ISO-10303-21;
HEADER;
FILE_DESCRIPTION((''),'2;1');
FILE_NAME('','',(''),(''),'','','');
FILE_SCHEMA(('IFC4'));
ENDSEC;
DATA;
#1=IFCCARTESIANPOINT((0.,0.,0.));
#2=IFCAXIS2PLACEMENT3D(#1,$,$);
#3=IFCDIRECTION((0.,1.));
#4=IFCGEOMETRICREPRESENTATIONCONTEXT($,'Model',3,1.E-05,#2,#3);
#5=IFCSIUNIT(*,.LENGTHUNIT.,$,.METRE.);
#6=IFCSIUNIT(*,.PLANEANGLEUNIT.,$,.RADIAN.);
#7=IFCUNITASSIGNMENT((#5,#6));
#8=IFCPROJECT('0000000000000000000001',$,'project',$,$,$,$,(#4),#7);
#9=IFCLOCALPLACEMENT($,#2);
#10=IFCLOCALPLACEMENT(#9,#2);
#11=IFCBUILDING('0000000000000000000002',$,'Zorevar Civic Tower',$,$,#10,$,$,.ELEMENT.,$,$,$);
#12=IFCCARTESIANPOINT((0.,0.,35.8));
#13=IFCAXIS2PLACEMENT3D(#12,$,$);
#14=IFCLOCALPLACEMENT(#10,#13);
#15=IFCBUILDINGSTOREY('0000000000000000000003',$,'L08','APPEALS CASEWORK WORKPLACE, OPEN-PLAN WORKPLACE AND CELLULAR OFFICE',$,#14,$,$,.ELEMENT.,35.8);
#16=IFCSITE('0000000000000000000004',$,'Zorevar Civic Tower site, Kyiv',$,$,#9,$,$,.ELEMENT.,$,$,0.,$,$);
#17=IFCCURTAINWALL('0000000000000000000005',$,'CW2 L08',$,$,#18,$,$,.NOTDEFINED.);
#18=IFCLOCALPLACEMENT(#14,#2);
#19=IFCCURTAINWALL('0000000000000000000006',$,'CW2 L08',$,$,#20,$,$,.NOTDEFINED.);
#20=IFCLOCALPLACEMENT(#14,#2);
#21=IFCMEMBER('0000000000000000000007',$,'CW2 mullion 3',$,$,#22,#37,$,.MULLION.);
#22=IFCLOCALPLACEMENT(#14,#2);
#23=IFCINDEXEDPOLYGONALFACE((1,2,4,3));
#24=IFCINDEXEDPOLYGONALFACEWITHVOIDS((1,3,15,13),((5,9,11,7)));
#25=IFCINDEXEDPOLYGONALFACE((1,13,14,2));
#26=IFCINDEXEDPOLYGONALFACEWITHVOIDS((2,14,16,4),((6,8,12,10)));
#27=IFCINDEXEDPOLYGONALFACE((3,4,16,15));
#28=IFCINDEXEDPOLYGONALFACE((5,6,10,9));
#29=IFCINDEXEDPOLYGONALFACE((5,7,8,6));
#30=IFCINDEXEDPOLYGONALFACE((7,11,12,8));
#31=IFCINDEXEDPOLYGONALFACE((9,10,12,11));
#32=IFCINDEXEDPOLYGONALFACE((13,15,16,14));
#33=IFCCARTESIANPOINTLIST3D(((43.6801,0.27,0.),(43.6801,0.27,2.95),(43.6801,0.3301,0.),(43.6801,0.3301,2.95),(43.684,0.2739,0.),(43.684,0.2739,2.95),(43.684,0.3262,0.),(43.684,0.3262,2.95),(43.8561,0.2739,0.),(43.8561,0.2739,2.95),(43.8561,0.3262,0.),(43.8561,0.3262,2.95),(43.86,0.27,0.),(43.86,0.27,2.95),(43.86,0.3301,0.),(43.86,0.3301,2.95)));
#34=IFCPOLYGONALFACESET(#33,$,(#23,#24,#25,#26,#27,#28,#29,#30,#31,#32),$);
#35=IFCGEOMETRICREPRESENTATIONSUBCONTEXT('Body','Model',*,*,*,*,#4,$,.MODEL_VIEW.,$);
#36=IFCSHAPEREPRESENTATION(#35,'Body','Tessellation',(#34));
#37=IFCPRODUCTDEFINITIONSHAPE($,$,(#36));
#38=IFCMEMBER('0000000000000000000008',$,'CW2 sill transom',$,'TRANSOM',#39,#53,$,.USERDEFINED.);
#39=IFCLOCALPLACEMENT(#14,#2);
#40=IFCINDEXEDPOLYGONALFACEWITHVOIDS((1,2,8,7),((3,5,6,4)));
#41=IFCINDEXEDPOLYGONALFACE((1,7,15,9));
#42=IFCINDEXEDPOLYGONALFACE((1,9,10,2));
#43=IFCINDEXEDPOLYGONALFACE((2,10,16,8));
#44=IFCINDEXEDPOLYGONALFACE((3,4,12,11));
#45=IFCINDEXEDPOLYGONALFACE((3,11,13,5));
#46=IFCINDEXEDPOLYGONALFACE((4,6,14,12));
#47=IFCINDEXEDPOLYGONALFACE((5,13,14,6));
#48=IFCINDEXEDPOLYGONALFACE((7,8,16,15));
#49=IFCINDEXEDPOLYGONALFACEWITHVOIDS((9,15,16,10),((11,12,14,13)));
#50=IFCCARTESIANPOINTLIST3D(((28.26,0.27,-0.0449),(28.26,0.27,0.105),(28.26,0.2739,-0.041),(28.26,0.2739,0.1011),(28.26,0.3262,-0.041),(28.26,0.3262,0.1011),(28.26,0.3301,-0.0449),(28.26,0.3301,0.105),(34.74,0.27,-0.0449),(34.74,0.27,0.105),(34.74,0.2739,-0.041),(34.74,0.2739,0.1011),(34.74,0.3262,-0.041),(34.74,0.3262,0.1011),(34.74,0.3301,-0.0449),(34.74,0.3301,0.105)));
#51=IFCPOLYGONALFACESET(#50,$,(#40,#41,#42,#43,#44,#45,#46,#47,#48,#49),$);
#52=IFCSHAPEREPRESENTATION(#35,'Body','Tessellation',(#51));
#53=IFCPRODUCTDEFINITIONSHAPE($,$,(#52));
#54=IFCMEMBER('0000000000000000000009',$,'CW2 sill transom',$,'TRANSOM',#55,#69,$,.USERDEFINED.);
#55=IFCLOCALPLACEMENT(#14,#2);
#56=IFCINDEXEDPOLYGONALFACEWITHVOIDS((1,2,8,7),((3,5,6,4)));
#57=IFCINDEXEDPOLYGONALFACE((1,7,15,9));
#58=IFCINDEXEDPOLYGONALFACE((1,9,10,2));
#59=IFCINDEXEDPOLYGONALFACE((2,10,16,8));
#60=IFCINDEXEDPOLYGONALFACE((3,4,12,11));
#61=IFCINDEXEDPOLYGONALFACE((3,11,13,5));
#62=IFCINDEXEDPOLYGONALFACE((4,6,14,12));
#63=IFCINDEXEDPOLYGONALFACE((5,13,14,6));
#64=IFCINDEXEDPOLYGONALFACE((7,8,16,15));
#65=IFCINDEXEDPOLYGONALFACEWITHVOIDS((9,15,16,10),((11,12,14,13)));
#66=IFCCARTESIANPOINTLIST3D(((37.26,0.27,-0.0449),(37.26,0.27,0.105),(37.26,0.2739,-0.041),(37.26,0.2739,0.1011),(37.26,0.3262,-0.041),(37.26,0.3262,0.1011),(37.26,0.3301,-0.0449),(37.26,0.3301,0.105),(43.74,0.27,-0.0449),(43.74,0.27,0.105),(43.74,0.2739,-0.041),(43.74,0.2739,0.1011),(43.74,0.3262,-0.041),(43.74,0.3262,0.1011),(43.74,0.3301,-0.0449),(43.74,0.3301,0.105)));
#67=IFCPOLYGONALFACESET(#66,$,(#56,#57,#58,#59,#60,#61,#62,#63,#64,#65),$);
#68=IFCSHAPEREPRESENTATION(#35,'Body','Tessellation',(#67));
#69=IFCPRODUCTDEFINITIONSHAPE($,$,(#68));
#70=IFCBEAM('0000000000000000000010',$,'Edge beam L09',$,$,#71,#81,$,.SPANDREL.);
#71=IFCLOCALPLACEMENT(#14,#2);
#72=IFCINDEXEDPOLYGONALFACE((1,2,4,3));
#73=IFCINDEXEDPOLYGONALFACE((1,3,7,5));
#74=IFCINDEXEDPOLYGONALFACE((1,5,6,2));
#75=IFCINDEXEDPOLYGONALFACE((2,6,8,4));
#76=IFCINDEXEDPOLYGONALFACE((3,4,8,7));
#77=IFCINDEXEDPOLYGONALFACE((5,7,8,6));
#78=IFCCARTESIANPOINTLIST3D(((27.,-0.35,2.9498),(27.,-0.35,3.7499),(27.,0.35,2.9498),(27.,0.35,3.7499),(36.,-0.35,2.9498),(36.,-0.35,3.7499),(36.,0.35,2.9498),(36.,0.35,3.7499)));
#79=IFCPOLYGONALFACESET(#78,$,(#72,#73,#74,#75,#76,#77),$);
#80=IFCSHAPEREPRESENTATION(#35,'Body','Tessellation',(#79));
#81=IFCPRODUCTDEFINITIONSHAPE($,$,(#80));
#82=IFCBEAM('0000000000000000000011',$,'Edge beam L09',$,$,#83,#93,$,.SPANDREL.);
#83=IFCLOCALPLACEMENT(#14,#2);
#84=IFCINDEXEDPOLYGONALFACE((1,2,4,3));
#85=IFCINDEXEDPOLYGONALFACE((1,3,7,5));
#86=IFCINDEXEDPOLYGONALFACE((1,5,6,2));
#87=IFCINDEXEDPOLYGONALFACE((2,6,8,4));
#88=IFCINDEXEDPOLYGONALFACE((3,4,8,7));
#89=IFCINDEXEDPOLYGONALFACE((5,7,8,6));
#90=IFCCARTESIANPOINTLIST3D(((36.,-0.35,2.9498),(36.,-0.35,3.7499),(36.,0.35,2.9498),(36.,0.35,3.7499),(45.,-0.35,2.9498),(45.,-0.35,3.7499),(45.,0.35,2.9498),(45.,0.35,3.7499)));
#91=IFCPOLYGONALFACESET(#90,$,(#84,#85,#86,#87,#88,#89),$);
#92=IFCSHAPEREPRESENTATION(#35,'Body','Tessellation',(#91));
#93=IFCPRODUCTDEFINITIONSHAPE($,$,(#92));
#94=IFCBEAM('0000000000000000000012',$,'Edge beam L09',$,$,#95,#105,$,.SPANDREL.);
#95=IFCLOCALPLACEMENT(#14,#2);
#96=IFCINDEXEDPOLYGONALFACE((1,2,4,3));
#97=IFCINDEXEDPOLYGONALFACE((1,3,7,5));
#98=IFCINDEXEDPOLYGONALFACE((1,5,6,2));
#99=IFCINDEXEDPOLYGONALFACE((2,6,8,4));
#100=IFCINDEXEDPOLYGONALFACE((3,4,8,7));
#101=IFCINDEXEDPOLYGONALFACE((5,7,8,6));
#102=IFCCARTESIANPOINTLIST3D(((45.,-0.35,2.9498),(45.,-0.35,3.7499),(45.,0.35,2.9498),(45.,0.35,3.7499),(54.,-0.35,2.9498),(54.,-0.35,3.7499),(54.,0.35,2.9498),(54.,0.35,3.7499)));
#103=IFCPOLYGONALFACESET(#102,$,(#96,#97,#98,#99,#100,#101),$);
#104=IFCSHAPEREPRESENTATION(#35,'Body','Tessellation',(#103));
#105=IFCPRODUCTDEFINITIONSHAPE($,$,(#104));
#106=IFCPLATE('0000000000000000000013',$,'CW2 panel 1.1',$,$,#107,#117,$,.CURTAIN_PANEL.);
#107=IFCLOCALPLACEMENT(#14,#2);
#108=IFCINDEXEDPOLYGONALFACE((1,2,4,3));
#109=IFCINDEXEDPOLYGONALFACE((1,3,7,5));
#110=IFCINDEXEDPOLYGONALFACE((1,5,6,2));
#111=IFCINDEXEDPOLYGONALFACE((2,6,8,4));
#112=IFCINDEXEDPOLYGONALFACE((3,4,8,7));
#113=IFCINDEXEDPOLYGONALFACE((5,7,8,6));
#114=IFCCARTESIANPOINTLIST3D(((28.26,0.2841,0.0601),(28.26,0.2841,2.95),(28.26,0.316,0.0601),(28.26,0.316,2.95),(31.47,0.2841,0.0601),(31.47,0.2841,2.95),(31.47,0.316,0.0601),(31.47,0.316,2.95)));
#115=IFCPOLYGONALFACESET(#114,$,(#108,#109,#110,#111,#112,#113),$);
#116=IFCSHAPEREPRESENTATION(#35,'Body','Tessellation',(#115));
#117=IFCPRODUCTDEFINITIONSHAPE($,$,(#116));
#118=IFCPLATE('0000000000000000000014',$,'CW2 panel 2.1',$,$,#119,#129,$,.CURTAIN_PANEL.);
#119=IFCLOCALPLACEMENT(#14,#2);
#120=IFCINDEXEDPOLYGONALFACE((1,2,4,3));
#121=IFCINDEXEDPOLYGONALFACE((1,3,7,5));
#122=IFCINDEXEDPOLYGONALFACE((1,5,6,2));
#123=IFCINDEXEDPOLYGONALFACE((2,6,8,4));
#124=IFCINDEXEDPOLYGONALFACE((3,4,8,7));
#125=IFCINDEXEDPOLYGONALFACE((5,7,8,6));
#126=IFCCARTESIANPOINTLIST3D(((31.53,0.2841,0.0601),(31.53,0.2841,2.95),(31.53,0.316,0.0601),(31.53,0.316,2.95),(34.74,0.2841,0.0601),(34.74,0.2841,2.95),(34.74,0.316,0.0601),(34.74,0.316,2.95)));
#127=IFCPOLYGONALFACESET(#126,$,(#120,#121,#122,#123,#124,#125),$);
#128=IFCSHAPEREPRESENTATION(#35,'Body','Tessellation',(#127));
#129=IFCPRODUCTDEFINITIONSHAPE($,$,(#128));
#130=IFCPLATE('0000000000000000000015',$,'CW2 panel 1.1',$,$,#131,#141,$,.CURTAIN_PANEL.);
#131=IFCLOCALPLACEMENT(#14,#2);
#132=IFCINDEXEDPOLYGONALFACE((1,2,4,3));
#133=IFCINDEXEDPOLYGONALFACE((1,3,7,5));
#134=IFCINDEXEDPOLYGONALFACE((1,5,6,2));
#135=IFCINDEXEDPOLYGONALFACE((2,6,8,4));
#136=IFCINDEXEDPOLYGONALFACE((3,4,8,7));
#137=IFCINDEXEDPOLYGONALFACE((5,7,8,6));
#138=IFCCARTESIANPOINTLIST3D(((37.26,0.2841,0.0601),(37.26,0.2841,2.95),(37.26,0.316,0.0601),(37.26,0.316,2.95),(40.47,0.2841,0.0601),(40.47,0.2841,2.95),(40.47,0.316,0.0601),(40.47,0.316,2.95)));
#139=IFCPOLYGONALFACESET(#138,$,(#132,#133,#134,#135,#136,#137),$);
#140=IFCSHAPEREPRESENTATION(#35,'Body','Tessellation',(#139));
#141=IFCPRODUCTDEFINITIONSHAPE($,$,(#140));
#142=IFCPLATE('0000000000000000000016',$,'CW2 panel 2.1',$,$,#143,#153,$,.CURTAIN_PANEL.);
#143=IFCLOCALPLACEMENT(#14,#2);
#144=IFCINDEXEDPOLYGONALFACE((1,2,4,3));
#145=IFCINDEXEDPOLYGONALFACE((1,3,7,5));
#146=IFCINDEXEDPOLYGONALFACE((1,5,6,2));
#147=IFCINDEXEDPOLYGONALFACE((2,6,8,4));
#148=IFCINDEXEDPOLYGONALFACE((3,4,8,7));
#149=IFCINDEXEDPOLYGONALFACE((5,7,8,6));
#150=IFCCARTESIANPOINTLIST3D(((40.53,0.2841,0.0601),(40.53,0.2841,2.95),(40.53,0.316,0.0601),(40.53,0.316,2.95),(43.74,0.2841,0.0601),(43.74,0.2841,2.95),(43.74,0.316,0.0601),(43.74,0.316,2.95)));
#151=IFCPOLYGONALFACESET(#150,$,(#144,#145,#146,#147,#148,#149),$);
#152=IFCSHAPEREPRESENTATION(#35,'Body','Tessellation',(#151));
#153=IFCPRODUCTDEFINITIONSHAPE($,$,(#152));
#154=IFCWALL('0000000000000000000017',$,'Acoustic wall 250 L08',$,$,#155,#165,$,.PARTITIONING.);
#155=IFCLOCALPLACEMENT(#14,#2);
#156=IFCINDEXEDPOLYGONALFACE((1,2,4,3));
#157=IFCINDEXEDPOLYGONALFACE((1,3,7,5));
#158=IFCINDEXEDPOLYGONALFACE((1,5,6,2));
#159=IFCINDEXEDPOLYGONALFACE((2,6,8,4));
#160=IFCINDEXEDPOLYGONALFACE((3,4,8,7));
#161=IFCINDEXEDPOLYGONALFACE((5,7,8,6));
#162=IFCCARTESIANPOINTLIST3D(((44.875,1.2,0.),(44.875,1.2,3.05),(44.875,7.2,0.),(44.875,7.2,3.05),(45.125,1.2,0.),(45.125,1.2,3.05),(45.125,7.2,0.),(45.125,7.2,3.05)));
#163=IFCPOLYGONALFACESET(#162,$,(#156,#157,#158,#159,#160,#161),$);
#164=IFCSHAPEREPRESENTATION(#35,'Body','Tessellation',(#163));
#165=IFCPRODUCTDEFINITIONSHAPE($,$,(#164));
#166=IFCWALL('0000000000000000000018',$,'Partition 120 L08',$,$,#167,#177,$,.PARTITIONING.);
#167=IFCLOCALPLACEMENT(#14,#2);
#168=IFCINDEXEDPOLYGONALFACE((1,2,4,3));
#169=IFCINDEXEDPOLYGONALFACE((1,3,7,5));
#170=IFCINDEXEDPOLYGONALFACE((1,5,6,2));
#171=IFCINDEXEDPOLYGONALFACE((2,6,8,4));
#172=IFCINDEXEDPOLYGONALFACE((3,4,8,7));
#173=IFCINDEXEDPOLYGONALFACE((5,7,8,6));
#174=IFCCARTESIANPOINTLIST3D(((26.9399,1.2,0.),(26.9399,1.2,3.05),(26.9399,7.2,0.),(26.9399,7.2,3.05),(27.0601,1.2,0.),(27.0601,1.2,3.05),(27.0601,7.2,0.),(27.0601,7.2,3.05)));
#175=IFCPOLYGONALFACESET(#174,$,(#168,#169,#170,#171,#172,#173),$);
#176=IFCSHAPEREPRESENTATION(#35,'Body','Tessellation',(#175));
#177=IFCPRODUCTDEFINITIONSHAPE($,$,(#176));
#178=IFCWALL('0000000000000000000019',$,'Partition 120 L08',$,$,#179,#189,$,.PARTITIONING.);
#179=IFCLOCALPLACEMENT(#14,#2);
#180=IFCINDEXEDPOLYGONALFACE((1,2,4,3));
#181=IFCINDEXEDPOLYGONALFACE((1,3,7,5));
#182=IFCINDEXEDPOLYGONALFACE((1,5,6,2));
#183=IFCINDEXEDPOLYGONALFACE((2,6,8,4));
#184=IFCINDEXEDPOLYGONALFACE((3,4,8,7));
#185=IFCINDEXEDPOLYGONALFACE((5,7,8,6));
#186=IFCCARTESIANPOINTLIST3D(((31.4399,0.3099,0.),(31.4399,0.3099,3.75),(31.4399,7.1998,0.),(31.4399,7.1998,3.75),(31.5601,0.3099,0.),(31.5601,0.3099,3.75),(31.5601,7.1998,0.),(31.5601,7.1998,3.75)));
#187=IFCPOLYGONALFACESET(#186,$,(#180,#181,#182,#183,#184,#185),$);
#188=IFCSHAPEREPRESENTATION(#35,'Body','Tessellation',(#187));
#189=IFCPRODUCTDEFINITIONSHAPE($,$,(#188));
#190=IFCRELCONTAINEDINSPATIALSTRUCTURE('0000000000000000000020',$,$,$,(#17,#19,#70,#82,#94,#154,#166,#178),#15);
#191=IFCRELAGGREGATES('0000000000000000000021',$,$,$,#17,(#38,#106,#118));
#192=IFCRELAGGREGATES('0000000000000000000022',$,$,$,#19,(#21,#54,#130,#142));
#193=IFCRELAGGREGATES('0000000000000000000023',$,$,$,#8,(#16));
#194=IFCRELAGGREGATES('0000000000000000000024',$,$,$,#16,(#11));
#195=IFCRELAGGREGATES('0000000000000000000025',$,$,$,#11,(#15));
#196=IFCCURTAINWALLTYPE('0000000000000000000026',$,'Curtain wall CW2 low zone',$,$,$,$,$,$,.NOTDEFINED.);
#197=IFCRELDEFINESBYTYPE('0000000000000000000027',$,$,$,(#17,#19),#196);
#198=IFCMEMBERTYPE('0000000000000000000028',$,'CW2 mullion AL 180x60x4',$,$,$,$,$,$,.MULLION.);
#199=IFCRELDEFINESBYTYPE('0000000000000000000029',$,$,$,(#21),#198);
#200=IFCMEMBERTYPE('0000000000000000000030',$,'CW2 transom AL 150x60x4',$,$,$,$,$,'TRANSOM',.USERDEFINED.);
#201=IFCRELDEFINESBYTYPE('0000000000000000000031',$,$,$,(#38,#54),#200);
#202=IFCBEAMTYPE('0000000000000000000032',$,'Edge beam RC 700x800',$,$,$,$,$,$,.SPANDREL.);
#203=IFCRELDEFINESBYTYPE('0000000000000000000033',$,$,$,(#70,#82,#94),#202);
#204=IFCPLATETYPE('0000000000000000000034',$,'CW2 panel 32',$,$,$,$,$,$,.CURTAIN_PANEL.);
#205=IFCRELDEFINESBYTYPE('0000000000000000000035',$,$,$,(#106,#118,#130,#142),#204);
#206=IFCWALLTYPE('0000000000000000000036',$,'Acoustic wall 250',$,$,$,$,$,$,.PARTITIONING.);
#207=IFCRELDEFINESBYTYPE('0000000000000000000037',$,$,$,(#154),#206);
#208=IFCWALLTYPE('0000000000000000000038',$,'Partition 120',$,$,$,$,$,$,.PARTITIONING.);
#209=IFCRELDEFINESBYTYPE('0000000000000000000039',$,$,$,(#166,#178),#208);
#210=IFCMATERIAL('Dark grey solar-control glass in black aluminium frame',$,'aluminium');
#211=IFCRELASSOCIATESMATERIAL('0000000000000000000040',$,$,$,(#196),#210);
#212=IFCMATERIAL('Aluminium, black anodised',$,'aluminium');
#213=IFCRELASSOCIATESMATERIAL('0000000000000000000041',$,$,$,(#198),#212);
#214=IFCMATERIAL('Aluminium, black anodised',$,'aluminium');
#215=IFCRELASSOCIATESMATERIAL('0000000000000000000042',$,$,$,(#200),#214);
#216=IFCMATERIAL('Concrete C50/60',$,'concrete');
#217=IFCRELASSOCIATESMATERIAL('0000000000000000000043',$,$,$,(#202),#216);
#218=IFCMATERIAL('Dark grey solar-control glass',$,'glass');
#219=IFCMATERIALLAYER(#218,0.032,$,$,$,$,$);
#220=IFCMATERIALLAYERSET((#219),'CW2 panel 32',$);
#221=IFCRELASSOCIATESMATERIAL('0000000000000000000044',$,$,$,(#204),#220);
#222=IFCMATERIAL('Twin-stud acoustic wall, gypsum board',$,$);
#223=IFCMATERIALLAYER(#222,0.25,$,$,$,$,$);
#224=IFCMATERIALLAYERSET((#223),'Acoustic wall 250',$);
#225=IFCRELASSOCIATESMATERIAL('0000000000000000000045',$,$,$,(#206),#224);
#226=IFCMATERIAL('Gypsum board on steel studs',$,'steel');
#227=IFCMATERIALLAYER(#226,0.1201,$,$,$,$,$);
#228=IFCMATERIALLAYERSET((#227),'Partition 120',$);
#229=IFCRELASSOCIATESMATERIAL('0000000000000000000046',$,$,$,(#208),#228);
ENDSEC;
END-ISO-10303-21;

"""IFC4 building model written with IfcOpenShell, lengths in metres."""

from ifc_helpers import new_model, si_unit, direction, frame, frame_2d, origin, origin_2d, place, context, subcontext, project, spatial, rectangle, hollow_rectangle, extrude, material, layer, layer_set, material_profile, profile_set, type_object, element, aggregate, save


model = new_model("IFC4")

# Units and contexts
model_context = context("Model", 3, precision=1e-05, world=origin(), true_north=direction((0.0, 1.0)))
body_context = subcontext(model_context, "Body", "Model", "MODEL_VIEW")
ifc_project = project(units=[si_unit("LENGTHUNIT", "METRE"), si_unit("PLANEANGLEUNIT", "RADIAN")], contexts=[model_context])

# Site, building, storey
site_placement = place(None, origin())
site = spatial("IfcSite", under=ifc_project, at=site_placement, Name="Zorevar Civic Tower site, Kyiv", CompositionType="ELEMENT", RefElevation=0.0)
building_placement = place(site_placement, origin())
building = spatial("IfcBuilding", under=site, at=building_placement, Name="Zorevar Civic Tower", CompositionType="ELEMENT")
storey_placement = place(building_placement, frame((0.0, 0.0, 35.8)))
storey = spatial("IfcBuildingStorey", under=building, at=storey_placement, Name="L08", Description="APPEALS CASEWORK WORKPLACE, OPEN-PLAN WORKPLACE AND CELLULAR OFFICE", CompositionType="ELEMENT", Elevation=35.8)

# Curtain walls, member
ifc_material_1 = material(Name="Dark grey solar-control glass in black aluminium frame", Category="aluminium")
curtain_wall_type = type_object("IfcCurtainWallType", Name="Curtain wall CW2 low zone", PredefinedType="NOTDEFINED", material=ifc_material_1)
curtain_wall_1_placement = place(storey_placement, origin())
curtain_wall_1 = element("IfcCurtainWall", 1, at=curtain_wall_1_placement, inside=storey, type_object=curtain_wall_type, Name="CW2 L08", PredefinedType="NOTDEFINED")
ifc_material_2 = material(Name="Aluminium, black anodised", Category="aluminium")
ifc_material_profile_1 = material_profile(ifc_material_2, hollow_rectangle(XDim=0.0601, YDim=0.1799, WallThickness=0.0039, at=origin_2d()), Name="AL 180x60x4")
ifc_profile_set_1 = profile_set([ifc_material_profile_1], Name="Aluminium, black anodised")
member_type_1 = type_object("IfcMemberType", Name="CW2 mullion AL 180x60x4", PredefinedType="MULLION", material=ifc_profile_set_1)
curtain_wall_2_placement = place(storey_placement, origin())
curtain_wall_2 = element("IfcCurtainWall", 2, at=curtain_wall_2_placement, inside=storey, type_object=curtain_wall_type, Name="CW2 L08", PredefinedType="NOTDEFINED")
member_1_placement = place(storey_placement, frame((43.77, 0.3, 0.0), z_axis=(0.0, 0.0, 1.0), x_axis=(0.0, 1.0, 0.0)))
member_1 = element("IfcMember", 3, at=member_1_placement, type_object=member_type_1, Name="CW2 mullion 3", PredefinedType="MULLION", context=body_context, shape_type="SweptSolid", body=[
    extrude(hollow_rectangle(XDim=0.0601, YDim=0.1799, WallThickness=0.0039, at=origin_2d()), origin(), (0.0, 0.0, 1.0), 2.95),
])

# Members
ifc_material_3 = material(Name="Aluminium, black anodised", Category="aluminium")
ifc_material_profile_2 = material_profile(ifc_material_3, hollow_rectangle(XDim=0.0601, YDim=0.1499, WallThickness=0.0039, at=origin_2d()), Name="AL 150x60x4")
ifc_profile_set_2 = profile_set([ifc_material_profile_2], Name="Aluminium, black anodised")
member_type_2 = type_object("IfcMemberType", Name="CW2 transom AL 150x60x4", ElementType="TRANSOM", PredefinedType="USERDEFINED", material=ifc_profile_set_2)
member_2_placement = place(storey_placement, frame((28.26, 0.3, 0.03), z_axis=(1.0, 0.0, 0.0), x_axis=(0.0, 1.0, 0.0)))
member_2 = element("IfcMember", 4, at=member_2_placement, type_object=member_type_2, Name="CW2 sill transom", ObjectType="TRANSOM", PredefinedType="USERDEFINED", context=body_context, shape_type="SweptSolid", body=[
    extrude(hollow_rectangle(XDim=0.0601, YDim=0.1499, WallThickness=0.0039, at=origin_2d()), origin(), (0.0, 0.0, 1.0), 6.48),
])
member_3_placement = place(storey_placement, frame((37.26, 0.3, 0.03), z_axis=(1.0, 0.0, 0.0), x_axis=(0.0, 1.0, 0.0)))
member_3 = element("IfcMember", 5, at=member_3_placement, type_object=member_type_2, Name="CW2 sill transom", ObjectType="TRANSOM", PredefinedType="USERDEFINED", context=body_context, shape_type="SweptSolid", body=[
    extrude(hollow_rectangle(XDim=0.0601, YDim=0.1499, WallThickness=0.0039, at=origin_2d()), origin(), (0.0, 0.0, 1.0), 6.48),
])

# Beams
ifc_material_4 = material(Name="Concrete C50/60", Category="concrete")
ifc_material_profile_3 = material_profile(ifc_material_4, rectangle(XDim=0.7, YDim=0.8, at=origin_2d()), Name="RC 700x800")
ifc_profile_set_3 = profile_set([ifc_material_profile_3], Name="Concrete C50/60")
beam_type_1 = type_object("IfcBeamType", Name="Edge beam RC 700x800", PredefinedType="SPANDREL", material=ifc_profile_set_3)
for number, where, z_axis, x_axis, name in (
    (6, (27.0, 0.0, 3.3499), (1.0, 0.0, 0.0), (0.0, 1.0, 0.0), "Edge beam L09"),
    (7, (36.0, 0.0, 3.3499), (1.0, 0.0, 0.0), (0.0, 1.0, 0.0), "Edge beam L09"),
    (8, (45.0, 0.0, 3.3499), (1.0, 0.0, 0.0), (0.0, 1.0, 0.0), "Edge beam L09"),
):
    element("IfcBeam", number, at=place(storey_placement, frame(where, z_axis=z_axis, x_axis=x_axis)), inside=storey, type_object=beam_type_1, Name=name, PredefinedType="SPANDREL", context=body_context, shape_type="SweptSolid", body=[
        extrude(rectangle(XDim=0.7, YDim=0.8, at=origin_2d()), origin(), (0.0, 0.0, 1.0), 9.0),
    ])

# Plates
ifc_material_5 = material(Name="Dark grey solar-control glass", Category="glass")
ifc_layer_1 = layer(ifc_material_5, 0.032)
ifc_layer_set_1 = layer_set([ifc_layer_1], Name="CW2 panel 32")
plate_type = type_object("IfcPlateType", Name="CW2 panel 32", PredefinedType="CURTAIN_PANEL", material=ifc_layer_set_1)
plate_1_placement = place(storey_placement, frame((29.865, 0.3, 0.0601), z_axis=(0.0, 0.0, 1.0), x_axis=(1.0, 0.0, 0.0)))
plate_1 = element("IfcPlate", 9, at=plate_1_placement, type_object=plate_type, Name="CW2 panel 1.1", PredefinedType="CURTAIN_PANEL", context=body_context, shape_type="SweptSolid", body=[
    extrude(rectangle(XDim=3.21, YDim=0.032, at=origin_2d()), origin(), (0.0, 0.0, 1.0), 2.8899),
])
plate_2_placement = place(storey_placement, frame((33.135, 0.3, 0.0601), z_axis=(0.0, 0.0, 1.0), x_axis=(1.0, 0.0, 0.0)))
plate_2 = element("IfcPlate", 10, at=plate_2_placement, type_object=plate_type, Name="CW2 panel 2.1", PredefinedType="CURTAIN_PANEL", context=body_context, shape_type="SweptSolid", body=[
    extrude(rectangle(XDim=3.21, YDim=0.032, at=origin_2d()), origin(), (0.0, 0.0, 1.0), 2.8899),
])
aggregate(curtain_wall_1, [member_2, plate_1, plate_2])
plate_3_placement = place(storey_placement, frame((38.865, 0.3, 0.0601), z_axis=(0.0, 0.0, 1.0), x_axis=(1.0, 0.0, 0.0)))
plate_3 = element("IfcPlate", 11, at=plate_3_placement, type_object=plate_type, Name="CW2 panel 1.1", PredefinedType="CURTAIN_PANEL", context=body_context, shape_type="SweptSolid", body=[
    extrude(rectangle(XDim=3.21, YDim=0.032, at=origin_2d()), origin(), (0.0, 0.0, 1.0), 2.8899),
])
plate_4_placement = place(storey_placement, frame((42.135, 0.3, 0.0601), z_axis=(0.0, 0.0, 1.0), x_axis=(1.0, 0.0, 0.0)))
plate_4 = element("IfcPlate", 12, at=plate_4_placement, type_object=plate_type, Name="CW2 panel 2.1", PredefinedType="CURTAIN_PANEL", context=body_context, shape_type="SweptSolid", body=[
    extrude(rectangle(XDim=3.21, YDim=0.032, at=origin_2d()), origin(), (0.0, 0.0, 1.0), 2.8899),
])
aggregate(curtain_wall_2, [member_1, member_3, plate_3, plate_4])

# Walls
ifc_material_6 = material(Name="Twin-stud acoustic wall, gypsum board")
ifc_layer_2 = layer(ifc_material_6, 0.25)
ifc_layer_set_2 = layer_set([ifc_layer_2], Name="Acoustic wall 250")
wall_type_1 = type_object("IfcWallType", Name="Acoustic wall 250", PredefinedType="PARTITIONING", material=ifc_layer_set_2)
wall_1_placement = place(storey_placement, frame((45.0, 1.2, 0.0), z_axis=(0.0, 0.0, 1.0), x_axis=(0.0, 1.0, 0.0)))
element("IfcWall", 13, at=wall_1_placement, inside=storey, type_object=wall_type_1, Name="Acoustic wall 250 L08", PredefinedType="PARTITIONING", context=body_context, shape_type="SweptSolid", body=[
    extrude(rectangle(XDim=6.0, YDim=0.25, at=frame_2d((3.0, 0.0))), origin(), (0.0, 0.0, 1.0), 3.05),
])
ifc_material_7 = material(Name="Gypsum board on steel studs", Category="steel")
ifc_layer_3 = layer(ifc_material_7, 0.1201)
ifc_layer_set_3 = layer_set([ifc_layer_3], Name="Partition 120")
wall_type_2 = type_object("IfcWallType", Name="Partition 120", PredefinedType="PARTITIONING", material=ifc_layer_set_3)
wall_2_placement = place(storey_placement, frame((27.0, 1.2, 0.0), z_axis=(0.0, 0.0, 1.0), x_axis=(0.0, 1.0, 0.0)))
element("IfcWall", 14, at=wall_2_placement, inside=storey, type_object=wall_type_2, Name="Partition 120 L08", PredefinedType="PARTITIONING", context=body_context, shape_type="SweptSolid", body=[
    extrude(rectangle(XDim=6.0, YDim=0.1201, at=frame_2d((3.0, 0.0))), origin(), (0.0, 0.0, 1.0), 3.05),
])
wall_3_placement = place(storey_placement, frame((31.5, 0.3101, 0.0), z_axis=(0.0, 0.0, 1.0), x_axis=(0.0, 1.0, 0.0)))
element("IfcWall", 15, at=wall_3_placement, inside=storey, type_object=wall_type_2, Name="Partition 120 L08", PredefinedType="PARTITIONING", context=body_context, shape_type="SweptSolid", body=[
    extrude(rectangle(XDim=6.8899, YDim=0.1201, at=frame_2d((3.4448, 0.0))), origin(), (0.0, 0.0, 1.0), 3.75),
])

save(model, "model.ifc")
